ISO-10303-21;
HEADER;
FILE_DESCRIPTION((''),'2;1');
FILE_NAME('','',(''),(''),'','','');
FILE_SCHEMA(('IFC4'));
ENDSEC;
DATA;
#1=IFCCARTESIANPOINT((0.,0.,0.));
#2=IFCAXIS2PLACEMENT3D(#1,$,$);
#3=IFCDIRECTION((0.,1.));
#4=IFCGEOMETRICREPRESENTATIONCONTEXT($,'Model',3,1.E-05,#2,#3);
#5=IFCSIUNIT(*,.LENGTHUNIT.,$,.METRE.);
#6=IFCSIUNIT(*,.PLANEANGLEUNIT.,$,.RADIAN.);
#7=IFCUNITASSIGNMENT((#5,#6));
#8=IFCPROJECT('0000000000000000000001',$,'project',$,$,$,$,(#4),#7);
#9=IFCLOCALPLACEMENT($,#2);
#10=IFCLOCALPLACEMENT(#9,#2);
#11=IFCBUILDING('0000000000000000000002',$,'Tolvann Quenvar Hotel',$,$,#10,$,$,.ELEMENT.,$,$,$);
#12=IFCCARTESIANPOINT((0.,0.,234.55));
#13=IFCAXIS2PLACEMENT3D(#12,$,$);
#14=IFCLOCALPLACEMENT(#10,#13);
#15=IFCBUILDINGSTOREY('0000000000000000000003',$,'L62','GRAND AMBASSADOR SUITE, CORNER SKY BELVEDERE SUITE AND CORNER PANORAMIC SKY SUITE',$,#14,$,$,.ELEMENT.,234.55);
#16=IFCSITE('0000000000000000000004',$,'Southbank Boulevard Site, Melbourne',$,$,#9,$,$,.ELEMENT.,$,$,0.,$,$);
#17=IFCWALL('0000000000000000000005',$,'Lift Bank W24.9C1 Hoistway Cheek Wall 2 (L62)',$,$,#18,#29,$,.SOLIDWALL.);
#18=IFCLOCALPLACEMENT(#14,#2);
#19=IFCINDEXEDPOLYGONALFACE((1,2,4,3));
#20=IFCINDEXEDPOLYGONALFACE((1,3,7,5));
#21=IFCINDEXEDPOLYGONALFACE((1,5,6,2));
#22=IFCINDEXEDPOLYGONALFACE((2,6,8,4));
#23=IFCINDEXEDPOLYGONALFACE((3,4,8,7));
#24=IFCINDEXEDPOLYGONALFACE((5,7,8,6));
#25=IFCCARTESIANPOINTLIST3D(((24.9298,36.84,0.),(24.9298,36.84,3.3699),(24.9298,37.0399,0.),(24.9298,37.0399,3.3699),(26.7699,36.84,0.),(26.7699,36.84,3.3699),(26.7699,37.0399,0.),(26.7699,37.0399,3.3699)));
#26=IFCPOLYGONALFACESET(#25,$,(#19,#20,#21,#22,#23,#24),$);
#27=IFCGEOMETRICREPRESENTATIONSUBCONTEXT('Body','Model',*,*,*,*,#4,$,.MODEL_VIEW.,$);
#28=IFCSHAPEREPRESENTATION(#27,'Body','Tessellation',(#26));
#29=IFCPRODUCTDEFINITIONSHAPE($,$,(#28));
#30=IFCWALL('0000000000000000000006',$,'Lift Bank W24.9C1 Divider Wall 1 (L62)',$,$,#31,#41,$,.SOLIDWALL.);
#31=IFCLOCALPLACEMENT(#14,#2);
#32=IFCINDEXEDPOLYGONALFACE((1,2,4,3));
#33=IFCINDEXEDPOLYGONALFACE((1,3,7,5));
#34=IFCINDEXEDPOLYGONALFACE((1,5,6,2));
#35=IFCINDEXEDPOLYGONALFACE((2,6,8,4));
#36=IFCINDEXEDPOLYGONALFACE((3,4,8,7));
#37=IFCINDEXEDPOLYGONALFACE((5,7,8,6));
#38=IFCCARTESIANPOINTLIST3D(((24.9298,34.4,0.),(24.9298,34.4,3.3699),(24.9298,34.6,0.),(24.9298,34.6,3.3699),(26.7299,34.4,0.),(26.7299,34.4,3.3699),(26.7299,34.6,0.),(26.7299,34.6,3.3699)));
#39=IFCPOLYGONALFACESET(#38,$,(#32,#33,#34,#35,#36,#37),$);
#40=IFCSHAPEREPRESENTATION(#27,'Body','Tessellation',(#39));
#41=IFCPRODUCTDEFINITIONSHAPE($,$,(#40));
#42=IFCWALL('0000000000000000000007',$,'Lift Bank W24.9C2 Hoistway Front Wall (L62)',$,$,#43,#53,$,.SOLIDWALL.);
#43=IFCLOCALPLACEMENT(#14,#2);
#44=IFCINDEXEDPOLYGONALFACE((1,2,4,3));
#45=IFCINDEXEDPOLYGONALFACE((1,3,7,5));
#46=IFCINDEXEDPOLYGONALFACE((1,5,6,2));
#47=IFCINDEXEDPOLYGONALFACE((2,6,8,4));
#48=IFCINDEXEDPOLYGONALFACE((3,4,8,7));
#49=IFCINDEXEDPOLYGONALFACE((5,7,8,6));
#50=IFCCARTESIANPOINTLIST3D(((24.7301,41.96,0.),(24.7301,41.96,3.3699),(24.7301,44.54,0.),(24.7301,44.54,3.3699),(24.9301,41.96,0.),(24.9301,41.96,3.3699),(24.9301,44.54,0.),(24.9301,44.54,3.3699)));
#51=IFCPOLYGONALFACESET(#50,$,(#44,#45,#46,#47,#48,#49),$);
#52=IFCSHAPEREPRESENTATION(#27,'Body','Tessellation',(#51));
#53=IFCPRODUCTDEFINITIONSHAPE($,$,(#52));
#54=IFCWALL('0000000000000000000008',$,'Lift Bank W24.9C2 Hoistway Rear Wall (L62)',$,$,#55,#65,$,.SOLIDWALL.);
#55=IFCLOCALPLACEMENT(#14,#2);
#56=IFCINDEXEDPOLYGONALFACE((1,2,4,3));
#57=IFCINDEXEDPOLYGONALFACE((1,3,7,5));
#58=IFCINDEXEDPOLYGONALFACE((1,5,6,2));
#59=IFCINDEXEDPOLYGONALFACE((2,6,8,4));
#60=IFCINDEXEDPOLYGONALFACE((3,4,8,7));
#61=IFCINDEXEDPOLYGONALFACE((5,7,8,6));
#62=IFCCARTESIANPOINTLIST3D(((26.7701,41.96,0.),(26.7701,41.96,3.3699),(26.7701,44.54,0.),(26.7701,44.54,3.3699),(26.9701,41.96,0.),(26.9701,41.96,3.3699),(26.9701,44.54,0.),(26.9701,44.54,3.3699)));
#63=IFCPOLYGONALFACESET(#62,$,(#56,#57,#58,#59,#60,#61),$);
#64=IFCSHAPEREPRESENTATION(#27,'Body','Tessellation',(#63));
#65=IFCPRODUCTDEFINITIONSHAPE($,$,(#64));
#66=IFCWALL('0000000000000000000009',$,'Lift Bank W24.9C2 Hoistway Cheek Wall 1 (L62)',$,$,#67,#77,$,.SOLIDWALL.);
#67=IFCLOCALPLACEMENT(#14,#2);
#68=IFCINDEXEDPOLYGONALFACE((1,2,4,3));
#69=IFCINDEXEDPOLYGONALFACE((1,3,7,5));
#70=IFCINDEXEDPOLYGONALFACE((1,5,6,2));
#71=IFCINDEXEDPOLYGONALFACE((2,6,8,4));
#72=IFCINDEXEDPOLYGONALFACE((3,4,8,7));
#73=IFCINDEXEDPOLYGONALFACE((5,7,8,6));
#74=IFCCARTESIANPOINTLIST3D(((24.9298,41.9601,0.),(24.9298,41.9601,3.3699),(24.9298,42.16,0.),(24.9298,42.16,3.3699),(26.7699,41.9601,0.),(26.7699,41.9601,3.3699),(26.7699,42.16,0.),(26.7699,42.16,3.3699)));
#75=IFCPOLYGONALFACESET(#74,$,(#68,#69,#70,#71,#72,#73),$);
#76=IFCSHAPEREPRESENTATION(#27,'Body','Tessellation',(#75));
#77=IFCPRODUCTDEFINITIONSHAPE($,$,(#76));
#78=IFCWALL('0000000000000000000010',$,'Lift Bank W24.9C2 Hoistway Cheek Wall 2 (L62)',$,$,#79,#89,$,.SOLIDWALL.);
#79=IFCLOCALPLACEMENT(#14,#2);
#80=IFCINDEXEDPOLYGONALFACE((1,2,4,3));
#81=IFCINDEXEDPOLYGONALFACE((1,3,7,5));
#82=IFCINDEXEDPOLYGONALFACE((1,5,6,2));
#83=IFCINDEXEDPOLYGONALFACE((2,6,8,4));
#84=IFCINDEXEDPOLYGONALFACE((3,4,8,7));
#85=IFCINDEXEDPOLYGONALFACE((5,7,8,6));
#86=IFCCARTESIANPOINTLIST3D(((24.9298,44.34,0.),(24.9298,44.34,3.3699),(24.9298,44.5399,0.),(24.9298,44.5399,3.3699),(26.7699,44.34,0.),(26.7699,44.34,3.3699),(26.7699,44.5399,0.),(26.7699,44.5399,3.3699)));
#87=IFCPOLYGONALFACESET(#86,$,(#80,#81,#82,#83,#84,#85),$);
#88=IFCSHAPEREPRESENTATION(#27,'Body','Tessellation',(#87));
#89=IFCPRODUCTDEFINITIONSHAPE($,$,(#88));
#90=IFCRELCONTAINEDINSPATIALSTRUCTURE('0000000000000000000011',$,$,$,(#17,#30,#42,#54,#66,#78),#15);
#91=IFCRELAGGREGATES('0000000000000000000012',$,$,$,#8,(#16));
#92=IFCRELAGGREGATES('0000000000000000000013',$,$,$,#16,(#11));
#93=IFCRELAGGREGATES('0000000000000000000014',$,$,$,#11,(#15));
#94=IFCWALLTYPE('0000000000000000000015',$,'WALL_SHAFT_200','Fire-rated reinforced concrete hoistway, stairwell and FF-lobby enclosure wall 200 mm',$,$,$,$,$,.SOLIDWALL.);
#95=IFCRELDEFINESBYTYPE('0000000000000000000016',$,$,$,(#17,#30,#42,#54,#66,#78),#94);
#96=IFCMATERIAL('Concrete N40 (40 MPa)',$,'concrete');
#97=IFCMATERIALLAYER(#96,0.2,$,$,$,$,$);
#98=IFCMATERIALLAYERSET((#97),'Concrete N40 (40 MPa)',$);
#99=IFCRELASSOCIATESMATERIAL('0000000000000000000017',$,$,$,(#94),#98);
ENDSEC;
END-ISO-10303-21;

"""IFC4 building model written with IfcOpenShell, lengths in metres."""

from ifc_helpers import new_model, si_unit, direction, frame, frame_2d, origin, place, context, subcontext, project, spatial, rectangle, extrude, material, layer, layer_set, type_object, element, save


model = new_model("IFC4")

# Units and contexts
model_context = context("Model", 3, precision=1e-05, world=origin(), true_north=direction((0.0, 1.0)))
body_context = subcontext(model_context, "Body", "Model", "MODEL_VIEW")
ifc_project = project(units=[si_unit("LENGTHUNIT", "METRE"), si_unit("PLANEANGLEUNIT", "RADIAN")], contexts=[model_context])

# Site, building, storey
site_placement = place(None, origin())
site = spatial("IfcSite", under=ifc_project, at=site_placement, Name="Southbank Boulevard Site, Melbourne", CompositionType="ELEMENT", RefElevation=0.0)
building_placement = place(site_placement, origin())
building = spatial("IfcBuilding", under=site, at=building_placement, Name="Tolvann Quenvar Hotel", CompositionType="ELEMENT")
storey_placement = place(building_placement, frame((0.0, 0.0, 234.55)))
storey = spatial("IfcBuildingStorey", under=building, at=storey_placement, Name="L62", Description="GRAND AMBASSADOR SUITE, CORNER SKY BELVEDERE SUITE AND CORNER PANORAMIC SKY SUITE", CompositionType="ELEMENT", Elevation=234.55)

# Shared definitions
ifc_material_1 = material(Name="Concrete N40 (40 MPa)", Category="concrete")
ifc_layer_1 = layer(ifc_material_1, 0.2)
ifc_layer_set_1 = layer_set([ifc_layer_1], Name="Concrete N40 (40 MPa)")
wall_type_1 = type_object("IfcWallType", Name="WALL_SHAFT_200", Description="Fire-rated reinforced concrete hoistway, stairwell and FF-lobby enclosure wall 200 mm", PredefinedType="SOLIDWALL", material=ifc_layer_set_1)

# Walls
wall_1_placement = place(storey_placement, frame((24.9299, 36.9399, 0.0), z_axis=(0.0, 0.0, 1.0), x_axis=(1.0, 0.0, 0.0)))
element("IfcWall", 1, at=wall_1_placement, inside=storey, type_object=wall_type_1, Name="Lift Bank W24.9C1 Hoistway Cheek Wall 2 (L62)", PredefinedType="SOLIDWALL", context=body_context, shape_type="SweptSolid", body=[
    extrude(rectangle(XDim=1.8401, YDim=0.2, at=frame_2d((0.9199, 0.0))), origin(), (0.0, 0.0, 1.0), 3.3699),
])
wall_2_placement = place(storey_placement, frame((24.9299, 34.5, 0.0), z_axis=(0.0, 0.0, 1.0), x_axis=(1.0, 0.0, 0.0)))
element("IfcWall", 2, at=wall_2_placement, inside=storey, type_object=wall_type_1, Name="Lift Bank W24.9C1 Divider Wall 1 (L62)", PredefinedType="SOLIDWALL", context=body_context, shape_type="SweptSolid", body=[
    extrude(rectangle(XDim=1.8, YDim=0.2, at=frame_2d((0.8999, 0.0))), origin(), (0.0, 0.0, 1.0), 3.3699),
])
for number, where, z_axis, x_axis, name in (
    (3, (24.8301, 41.96, 0.0), (0.0, 0.0, 1.0), (0.0, 1.0, 0.0), "Lift Bank W24.9C2 Hoistway Front Wall (L62)"),
    (4, (26.8701, 41.96, 0.0), (0.0, 0.0, 1.0), (0.0, 1.0, 0.0), "Lift Bank W24.9C2 Hoistway Rear Wall (L62)"),
):
    element("IfcWall", number, at=place(storey_placement, frame(where, z_axis=z_axis, x_axis=x_axis)), inside=storey, type_object=wall_type_1, Name=name, PredefinedType="SOLIDWALL", context=body_context, shape_type="SweptSolid", body=[
        extrude(rectangle(XDim=2.5801, YDim=0.2, at=frame_2d((1.29, 0.0))), origin(), (0.0, 0.0, 1.0), 3.3699),
    ])
for number, where, z_axis, x_axis, name in (
    (5, (24.9299, 42.0601, 0.0), (0.0, 0.0, 1.0), (1.0, 0.0, 0.0), "Lift Bank W24.9C2 Hoistway Cheek Wall 1 (L62)"),
    (6, (24.9299, 44.4399, 0.0), (0.0, 0.0, 1.0), (1.0, 0.0, 0.0), "Lift Bank W24.9C2 Hoistway Cheek Wall 2 (L62)"),
):
    element("IfcWall", number, at=place(storey_placement, frame(where, z_axis=z_axis, x_axis=x_axis)), inside=storey, type_object=wall_type_1, Name=name, PredefinedType="SOLIDWALL", context=body_context, shape_type="SweptSolid", body=[
        extrude(rectangle(XDim=1.8401, YDim=0.2, at=frame_2d((0.9199, 0.0))), origin(), (0.0, 0.0, 1.0), 3.3699),
    ])

save(model, "model.ifc")
